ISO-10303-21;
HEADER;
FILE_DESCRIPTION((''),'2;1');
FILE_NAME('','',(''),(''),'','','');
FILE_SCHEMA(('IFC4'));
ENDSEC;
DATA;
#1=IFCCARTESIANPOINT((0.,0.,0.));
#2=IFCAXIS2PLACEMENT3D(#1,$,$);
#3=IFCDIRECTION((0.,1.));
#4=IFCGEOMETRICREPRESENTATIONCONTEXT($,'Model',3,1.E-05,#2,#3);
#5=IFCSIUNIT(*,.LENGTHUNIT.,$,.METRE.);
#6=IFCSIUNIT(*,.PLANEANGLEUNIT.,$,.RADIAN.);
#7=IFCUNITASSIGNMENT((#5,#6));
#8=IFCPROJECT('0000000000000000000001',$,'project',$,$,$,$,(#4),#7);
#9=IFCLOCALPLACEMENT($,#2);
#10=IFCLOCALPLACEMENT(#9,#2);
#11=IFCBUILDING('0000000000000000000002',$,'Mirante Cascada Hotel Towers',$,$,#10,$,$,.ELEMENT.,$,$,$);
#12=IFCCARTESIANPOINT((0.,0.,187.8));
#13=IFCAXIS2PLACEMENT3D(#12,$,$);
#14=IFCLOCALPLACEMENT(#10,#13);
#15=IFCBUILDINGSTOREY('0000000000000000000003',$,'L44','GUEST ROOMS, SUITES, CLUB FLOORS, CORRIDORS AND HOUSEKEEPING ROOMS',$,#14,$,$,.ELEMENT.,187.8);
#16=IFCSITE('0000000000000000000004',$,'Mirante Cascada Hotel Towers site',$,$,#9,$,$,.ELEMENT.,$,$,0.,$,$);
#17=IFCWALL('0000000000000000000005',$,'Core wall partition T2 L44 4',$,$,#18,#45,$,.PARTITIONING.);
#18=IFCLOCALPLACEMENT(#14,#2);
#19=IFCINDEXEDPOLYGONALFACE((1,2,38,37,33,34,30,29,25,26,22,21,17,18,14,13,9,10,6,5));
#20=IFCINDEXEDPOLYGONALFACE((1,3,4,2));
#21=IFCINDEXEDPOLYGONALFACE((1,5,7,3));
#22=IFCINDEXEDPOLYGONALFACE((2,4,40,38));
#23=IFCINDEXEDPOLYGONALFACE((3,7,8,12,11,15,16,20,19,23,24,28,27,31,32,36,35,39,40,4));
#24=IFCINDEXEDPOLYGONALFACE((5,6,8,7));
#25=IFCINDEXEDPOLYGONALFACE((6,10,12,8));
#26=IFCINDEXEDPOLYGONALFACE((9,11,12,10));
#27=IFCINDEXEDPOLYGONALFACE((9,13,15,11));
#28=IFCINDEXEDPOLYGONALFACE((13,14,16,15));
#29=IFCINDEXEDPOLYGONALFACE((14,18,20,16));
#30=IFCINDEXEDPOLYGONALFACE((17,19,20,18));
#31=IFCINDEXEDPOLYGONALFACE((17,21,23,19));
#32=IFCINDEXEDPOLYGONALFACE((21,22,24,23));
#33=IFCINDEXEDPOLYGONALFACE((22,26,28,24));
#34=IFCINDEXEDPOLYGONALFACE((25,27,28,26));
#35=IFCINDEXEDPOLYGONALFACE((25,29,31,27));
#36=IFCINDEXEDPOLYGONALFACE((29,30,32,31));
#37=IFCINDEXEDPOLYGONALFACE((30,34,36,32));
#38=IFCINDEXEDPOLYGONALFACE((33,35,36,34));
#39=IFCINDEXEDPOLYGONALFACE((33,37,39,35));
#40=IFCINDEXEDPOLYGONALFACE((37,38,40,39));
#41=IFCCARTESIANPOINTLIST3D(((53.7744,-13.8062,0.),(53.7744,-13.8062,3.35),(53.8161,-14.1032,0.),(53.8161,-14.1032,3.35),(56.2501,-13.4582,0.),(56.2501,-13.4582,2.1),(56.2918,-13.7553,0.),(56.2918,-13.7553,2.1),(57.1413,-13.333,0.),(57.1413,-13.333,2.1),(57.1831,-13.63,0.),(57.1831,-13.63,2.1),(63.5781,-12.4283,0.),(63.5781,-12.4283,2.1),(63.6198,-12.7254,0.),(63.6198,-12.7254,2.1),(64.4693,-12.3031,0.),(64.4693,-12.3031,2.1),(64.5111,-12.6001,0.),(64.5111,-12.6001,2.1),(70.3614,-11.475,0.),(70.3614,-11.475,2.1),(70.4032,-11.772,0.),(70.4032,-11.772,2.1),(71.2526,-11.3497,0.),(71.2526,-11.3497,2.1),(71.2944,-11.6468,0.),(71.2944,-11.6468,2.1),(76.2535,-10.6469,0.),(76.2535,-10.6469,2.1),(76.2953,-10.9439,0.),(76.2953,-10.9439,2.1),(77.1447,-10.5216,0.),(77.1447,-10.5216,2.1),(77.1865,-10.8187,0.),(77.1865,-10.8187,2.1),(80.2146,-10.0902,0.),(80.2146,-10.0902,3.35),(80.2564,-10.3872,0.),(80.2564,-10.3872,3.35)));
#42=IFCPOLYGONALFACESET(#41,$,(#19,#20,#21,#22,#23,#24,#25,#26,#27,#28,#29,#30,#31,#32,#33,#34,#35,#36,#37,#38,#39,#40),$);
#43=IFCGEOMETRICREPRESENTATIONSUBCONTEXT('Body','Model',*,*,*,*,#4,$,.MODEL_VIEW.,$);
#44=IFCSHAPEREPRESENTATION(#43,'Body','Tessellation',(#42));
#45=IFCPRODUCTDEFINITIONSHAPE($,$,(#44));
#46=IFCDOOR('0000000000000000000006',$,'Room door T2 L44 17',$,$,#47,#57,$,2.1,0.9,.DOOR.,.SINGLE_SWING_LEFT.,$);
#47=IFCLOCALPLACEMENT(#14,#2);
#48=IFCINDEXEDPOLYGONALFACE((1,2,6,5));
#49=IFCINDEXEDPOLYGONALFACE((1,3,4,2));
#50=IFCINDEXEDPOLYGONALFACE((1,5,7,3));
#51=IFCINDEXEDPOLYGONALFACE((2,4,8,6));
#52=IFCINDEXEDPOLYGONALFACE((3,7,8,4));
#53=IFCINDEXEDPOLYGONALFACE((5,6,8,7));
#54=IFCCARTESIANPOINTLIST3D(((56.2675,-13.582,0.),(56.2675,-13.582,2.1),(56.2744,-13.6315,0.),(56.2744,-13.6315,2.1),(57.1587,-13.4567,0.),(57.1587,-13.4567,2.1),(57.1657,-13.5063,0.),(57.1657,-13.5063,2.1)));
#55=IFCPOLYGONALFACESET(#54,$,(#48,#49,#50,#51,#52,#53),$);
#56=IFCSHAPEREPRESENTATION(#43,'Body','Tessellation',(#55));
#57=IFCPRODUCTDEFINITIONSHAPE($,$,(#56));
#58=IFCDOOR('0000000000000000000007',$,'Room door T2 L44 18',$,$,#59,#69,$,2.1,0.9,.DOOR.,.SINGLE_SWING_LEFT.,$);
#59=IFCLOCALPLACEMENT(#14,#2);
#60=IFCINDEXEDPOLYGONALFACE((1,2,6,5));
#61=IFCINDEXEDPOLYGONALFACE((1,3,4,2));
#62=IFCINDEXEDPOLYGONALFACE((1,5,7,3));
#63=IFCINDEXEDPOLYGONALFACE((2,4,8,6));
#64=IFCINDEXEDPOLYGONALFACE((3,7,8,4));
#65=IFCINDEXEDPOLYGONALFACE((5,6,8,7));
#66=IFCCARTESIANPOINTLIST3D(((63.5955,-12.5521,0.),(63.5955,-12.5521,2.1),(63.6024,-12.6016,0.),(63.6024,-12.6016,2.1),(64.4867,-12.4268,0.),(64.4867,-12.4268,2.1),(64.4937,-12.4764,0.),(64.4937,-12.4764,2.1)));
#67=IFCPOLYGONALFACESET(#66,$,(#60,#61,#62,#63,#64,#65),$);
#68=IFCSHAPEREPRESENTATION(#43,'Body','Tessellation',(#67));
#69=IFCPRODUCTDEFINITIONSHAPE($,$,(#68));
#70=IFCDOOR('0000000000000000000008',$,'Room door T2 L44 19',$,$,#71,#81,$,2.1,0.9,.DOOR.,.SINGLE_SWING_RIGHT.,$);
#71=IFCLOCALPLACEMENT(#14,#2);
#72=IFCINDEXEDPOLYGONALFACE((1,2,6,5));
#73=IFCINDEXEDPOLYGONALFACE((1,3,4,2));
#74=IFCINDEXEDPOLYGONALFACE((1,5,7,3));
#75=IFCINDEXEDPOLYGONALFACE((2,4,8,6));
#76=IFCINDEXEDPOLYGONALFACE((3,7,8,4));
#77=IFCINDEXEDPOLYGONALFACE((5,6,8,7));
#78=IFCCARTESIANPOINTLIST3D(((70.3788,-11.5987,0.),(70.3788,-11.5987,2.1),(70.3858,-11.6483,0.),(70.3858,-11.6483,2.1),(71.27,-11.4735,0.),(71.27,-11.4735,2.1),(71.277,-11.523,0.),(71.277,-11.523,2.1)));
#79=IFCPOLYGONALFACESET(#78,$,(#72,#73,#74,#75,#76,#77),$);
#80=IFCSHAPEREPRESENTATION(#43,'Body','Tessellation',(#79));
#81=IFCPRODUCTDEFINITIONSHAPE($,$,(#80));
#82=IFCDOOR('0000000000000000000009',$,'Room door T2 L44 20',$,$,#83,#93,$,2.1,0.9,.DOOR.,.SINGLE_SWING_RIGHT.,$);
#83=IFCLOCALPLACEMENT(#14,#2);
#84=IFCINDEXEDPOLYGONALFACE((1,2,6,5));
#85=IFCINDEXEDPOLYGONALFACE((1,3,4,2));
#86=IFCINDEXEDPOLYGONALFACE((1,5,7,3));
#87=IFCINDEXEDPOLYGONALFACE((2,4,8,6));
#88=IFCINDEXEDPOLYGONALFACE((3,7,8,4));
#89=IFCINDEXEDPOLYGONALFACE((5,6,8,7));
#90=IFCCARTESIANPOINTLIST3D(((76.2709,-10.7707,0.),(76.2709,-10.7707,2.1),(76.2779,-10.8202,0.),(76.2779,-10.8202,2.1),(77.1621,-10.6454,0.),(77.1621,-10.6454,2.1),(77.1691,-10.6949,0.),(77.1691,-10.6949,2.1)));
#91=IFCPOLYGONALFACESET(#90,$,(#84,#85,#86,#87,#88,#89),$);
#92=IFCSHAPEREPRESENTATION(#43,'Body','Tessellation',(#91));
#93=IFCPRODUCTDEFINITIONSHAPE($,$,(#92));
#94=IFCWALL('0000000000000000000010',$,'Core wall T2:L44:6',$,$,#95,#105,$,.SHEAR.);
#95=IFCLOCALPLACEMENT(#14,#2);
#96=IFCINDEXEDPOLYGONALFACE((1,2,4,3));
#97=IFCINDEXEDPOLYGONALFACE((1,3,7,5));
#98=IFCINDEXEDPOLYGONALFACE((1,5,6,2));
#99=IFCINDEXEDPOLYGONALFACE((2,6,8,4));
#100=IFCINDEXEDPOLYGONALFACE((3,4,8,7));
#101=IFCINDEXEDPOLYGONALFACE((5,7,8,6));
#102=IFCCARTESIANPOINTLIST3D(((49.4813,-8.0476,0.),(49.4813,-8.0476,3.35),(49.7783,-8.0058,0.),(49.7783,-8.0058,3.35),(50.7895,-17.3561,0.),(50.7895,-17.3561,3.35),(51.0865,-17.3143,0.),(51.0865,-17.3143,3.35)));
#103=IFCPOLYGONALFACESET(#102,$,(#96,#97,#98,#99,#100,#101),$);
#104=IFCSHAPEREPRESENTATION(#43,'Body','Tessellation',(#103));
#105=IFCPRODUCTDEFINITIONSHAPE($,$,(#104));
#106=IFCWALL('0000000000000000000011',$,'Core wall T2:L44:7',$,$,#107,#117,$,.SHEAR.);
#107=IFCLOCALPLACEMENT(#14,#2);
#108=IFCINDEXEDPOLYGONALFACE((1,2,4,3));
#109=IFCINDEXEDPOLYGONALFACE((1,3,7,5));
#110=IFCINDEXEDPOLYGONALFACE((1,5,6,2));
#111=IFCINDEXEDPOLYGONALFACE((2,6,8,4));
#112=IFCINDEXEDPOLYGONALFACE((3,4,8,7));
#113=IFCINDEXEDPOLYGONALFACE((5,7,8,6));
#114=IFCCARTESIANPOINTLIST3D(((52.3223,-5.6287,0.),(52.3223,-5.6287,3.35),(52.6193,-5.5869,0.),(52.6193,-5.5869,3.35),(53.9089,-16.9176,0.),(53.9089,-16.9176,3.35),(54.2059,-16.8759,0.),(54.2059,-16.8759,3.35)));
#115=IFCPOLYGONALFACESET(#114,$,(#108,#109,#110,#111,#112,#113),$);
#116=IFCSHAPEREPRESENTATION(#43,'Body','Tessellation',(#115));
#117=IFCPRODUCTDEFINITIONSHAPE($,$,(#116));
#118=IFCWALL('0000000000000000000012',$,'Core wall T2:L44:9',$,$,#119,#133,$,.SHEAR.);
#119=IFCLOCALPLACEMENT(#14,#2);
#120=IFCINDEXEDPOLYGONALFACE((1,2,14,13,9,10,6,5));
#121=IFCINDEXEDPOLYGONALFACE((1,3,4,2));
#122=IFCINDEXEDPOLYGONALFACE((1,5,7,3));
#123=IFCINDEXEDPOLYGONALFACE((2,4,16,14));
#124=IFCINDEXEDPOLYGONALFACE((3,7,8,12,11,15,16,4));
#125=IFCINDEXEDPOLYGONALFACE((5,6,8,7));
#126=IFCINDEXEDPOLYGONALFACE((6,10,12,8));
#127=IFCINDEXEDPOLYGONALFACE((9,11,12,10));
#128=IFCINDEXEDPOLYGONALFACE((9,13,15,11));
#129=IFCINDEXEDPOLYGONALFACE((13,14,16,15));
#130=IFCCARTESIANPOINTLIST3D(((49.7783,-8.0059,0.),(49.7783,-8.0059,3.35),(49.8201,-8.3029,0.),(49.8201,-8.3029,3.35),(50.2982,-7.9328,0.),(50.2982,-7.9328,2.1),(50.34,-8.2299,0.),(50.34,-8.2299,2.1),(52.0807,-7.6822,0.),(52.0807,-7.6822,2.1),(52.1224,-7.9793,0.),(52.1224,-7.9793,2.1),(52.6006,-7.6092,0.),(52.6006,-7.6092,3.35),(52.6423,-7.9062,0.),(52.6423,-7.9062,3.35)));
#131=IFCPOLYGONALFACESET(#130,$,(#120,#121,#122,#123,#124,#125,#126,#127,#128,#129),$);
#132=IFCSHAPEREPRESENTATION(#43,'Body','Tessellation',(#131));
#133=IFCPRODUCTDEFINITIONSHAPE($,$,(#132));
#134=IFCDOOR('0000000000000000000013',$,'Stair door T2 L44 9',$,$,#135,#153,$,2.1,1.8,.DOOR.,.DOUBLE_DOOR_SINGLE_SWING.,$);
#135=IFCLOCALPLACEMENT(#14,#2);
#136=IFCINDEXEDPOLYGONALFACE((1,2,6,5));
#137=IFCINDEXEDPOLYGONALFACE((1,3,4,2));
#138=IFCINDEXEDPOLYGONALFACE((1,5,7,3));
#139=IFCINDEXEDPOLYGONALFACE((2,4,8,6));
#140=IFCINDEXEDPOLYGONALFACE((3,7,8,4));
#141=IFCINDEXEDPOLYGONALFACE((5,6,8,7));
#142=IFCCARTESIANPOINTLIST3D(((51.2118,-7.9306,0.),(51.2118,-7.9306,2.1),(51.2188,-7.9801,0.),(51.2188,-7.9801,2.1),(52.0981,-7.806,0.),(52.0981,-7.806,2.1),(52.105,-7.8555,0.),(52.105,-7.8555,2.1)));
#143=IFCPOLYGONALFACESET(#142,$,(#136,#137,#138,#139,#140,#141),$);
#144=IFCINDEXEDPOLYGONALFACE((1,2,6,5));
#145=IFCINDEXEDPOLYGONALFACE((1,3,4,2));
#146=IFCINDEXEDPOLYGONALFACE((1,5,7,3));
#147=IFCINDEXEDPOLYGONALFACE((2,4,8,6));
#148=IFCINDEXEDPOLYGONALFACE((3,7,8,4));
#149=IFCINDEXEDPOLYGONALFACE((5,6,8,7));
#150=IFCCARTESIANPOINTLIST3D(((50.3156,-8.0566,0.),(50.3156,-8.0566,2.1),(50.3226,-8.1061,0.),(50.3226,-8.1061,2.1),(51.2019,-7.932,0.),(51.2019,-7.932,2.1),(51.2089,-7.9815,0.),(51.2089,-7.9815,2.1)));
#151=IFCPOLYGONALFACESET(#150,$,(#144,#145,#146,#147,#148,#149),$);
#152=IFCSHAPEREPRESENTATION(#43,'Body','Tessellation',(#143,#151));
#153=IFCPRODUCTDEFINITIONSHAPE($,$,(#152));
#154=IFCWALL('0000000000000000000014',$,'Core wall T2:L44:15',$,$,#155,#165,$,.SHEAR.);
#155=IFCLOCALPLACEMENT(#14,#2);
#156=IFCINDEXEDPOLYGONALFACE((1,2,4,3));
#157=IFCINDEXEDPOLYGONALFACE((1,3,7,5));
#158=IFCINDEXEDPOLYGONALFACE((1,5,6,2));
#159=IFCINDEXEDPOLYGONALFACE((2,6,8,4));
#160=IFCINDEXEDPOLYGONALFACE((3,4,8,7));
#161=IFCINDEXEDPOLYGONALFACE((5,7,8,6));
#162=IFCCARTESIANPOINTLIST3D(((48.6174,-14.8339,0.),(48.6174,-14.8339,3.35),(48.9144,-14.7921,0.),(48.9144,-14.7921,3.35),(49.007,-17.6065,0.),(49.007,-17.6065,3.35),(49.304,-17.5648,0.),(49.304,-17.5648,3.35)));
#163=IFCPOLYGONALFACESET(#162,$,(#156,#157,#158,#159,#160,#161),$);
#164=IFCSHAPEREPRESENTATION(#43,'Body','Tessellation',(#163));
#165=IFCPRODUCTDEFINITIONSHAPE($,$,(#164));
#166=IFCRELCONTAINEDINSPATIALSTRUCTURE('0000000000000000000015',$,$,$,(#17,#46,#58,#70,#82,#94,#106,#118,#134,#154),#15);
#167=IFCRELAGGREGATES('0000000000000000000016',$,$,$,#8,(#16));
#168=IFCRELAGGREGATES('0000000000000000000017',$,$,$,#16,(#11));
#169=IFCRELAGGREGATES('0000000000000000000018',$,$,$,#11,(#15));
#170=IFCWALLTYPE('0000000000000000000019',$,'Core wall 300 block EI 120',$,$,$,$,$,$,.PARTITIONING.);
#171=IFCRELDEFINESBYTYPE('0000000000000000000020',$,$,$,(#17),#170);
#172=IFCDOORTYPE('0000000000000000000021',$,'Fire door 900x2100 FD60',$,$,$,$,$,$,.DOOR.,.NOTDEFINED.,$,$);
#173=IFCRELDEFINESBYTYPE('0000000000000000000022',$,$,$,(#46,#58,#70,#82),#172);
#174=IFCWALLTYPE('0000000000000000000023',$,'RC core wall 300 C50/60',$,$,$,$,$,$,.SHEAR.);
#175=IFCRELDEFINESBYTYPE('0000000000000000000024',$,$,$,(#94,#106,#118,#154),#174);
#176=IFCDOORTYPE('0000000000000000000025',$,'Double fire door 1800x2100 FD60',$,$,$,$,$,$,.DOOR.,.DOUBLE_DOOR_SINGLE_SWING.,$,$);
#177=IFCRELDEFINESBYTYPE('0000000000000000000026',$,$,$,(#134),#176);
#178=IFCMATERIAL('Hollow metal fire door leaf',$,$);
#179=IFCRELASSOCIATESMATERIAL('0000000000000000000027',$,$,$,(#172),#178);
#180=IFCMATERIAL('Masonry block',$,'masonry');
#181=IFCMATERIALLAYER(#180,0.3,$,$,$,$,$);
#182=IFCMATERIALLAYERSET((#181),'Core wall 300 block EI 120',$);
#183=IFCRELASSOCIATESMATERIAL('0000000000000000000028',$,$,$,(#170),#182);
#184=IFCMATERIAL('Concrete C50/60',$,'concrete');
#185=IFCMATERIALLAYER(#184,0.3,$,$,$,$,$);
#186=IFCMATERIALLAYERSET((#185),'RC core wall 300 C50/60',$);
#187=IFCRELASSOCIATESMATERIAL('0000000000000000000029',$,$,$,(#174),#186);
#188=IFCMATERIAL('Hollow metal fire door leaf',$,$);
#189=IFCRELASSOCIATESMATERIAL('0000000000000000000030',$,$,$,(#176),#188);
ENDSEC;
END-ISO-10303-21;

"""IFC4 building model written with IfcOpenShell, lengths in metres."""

from ifc_helpers import new_model, si_unit, direction, frame, frame_2d, origin, place, context, subcontext, project, spatial, rectangle, extrude, material, layer, layer_set, type_object, element, fill, save


model = new_model("IFC4")

# Units and contexts
model_context = context("Model", 3, precision=1e-05, world=origin(), true_north=direction((0.0, 1.0)))
body_context = subcontext(model_context, "Body", "Model", "MODEL_VIEW")
ifc_project = project(units=[si_unit("LENGTHUNIT", "METRE"), si_unit("PLANEANGLEUNIT", "RADIAN")], contexts=[model_context])

# Site, building, storey
site_placement = place(None, origin())
site = spatial("IfcSite", under=ifc_project, at=site_placement, Name="Mirante Cascada Hotel Towers site", CompositionType="ELEMENT", RefElevation=0.0)
building_placement = place(site_placement, origin())
building = spatial("IfcBuilding", under=site, at=building_placement, Name="Mirante Cascada Hotel Towers", CompositionType="ELEMENT")
storey_placement = place(building_placement, frame((0.0, 0.0, 187.8)))
storey = spatial("IfcBuildingStorey", under=building, at=storey_placement, Name="L44", Description="GUEST ROOMS, SUITES, CLUB FLOORS, CORRIDORS AND HOUSEKEEPING ROOMS", CompositionType="ELEMENT", Elevation=187.8)

# Shared definitions
ifc_material_1 = material(Name="Hollow metal fire door leaf")
door_type_1 = type_object("IfcDoorType", Name="Fire door 900x2100 FD60", OperationType="NOTDEFINED", PredefinedType="DOOR", material=ifc_material_1)

# Wall, openings, doors
ifc_material_2 = material(Name="Masonry block", Category="masonry")
ifc_layer_1 = layer(ifc_material_2, 0.3)
ifc_layer_set_1 = layer_set([ifc_layer_1], Name="Core wall 300 block EI 120")
wall_type_1 = type_object("IfcWallType", Name="Core wall 300 block EI 120", PredefinedType="PARTITIONING", material=ifc_layer_set_1)
wall_1_placement = place(storey_placement, frame((53.7953, -13.9547, 0.0), z_axis=(0.0, 0.0, 1.0), x_axis=(0.990268, 0.139176, 0.0)))
wall_1 = element("IfcWall", 1, at=wall_1_placement, inside=storey, type_object=wall_type_1, Name="Core wall partition T2 L44 4", PredefinedType="PARTITIONING", context=body_context, shape_type="SweptSolid", body=[
    extrude(rectangle(XDim=26.7001, YDim=0.3, at=frame_2d((13.35, 0.0))), origin(), (0.0, 0.0, 1.0), 3.35),
])
opening_1_placement = place(wall_1_placement, frame((2.5, 0.0, 0.0)))
opening_1 = element("IfcOpeningElement", 2, at=opening_1_placement, cuts=wall_1, PredefinedType="OPENING", context=body_context, shape_type="SweptSolid", body=[
    extrude(rectangle(XDim=0.9, YDim=2.1, at=frame_2d((0.45, 1.05))), frame((0.0, 0.15, 0.0), z_axis=(0.0, -1.0, 0.0), x_axis=(1.0, 0.0, 0.0)), (0.0, 0.0, 1.0), 0.3),
])
opening_2_placement = place(wall_1_placement, frame((9.9, 0.0, 0.0)))
opening_2 = element("IfcOpeningElement", 3, at=opening_2_placement, cuts=wall_1, PredefinedType="OPENING", context=body_context, shape_type="SweptSolid", body=[
    extrude(rectangle(XDim=0.9, YDim=2.1, at=frame_2d((0.45, 1.05))), frame((0.0, 0.15, 0.0), z_axis=(0.0, -1.0, 0.0), x_axis=(1.0, 0.0, 0.0)), (0.0, 0.0, 1.0), 0.3),
])
opening_3_placement = place(wall_1_placement, frame((16.75, 0.0, 0.0)))
opening_3 = element("IfcOpeningElement", 4, at=opening_3_placement, cuts=wall_1, PredefinedType="OPENING", context=body_context, shape_type="SweptSolid", body=[
    extrude(rectangle(XDim=0.9, YDim=2.1, at=frame_2d((0.45, 1.05))), frame((0.0, 0.15, 0.0), z_axis=(0.0, -1.0, 0.0), x_axis=(1.0, 0.0, 0.0)), (0.0, 0.0, 1.0), 0.3),
])
opening_4_placement = place(wall_1_placement, frame((22.7, 0.0, 0.0)))
opening_4 = element("IfcOpeningElement", 5, at=opening_4_placement, cuts=wall_1, PredefinedType="OPENING", context=body_context, shape_type="SweptSolid", body=[
    extrude(rectangle(XDim=0.9, YDim=2.1, at=frame_2d((0.45, 1.05))), frame((0.0, 0.15, 0.0), z_axis=(0.0, -1.0, 0.0), x_axis=(1.0, 0.0, 0.0)), (0.0, 0.0, 1.0), 0.3),
])
door_1_placement = place(opening_1_placement, frame((0.9, 0.0, 0.0), z_axis=(0.0, 0.0, 1.0), x_axis=(-1.0, 0.0, 0.0)))
door_1 = element("IfcDoor", 6, at=door_1_placement, inside=storey, type_object=door_type_1, Name="Room door T2 L44 17", OperationType="SINGLE_SWING_LEFT", OverallHeight=2.1, OverallWidth=0.9, PredefinedType="DOOR", context=body_context, shape_type="SweptSolid", body=[
    extrude(rectangle(XDim=0.9, YDim=2.1, at=frame_2d((0.45, 1.05))), frame((0.0, 0.025, 0.0), z_axis=(0.0, -1.0, 0.0), x_axis=(1.0, 0.0, 0.0)), (0.0, 0.0, 1.0), 0.05),
])
fill(opening_1, door_1)
door_2_placement = place(opening_2_placement, frame((0.9, 0.0, 0.0), z_axis=(0.0, 0.0, 1.0), x_axis=(-1.0, 0.0, 0.0)))
door_2 = element("IfcDoor", 7, at=door_2_placement, inside=storey, type_object=door_type_1, Name="Room door T2 L44 18", OperationType="SINGLE_SWING_LEFT", OverallHeight=2.1, OverallWidth=0.9, PredefinedType="DOOR", context=body_context, shape_type="SweptSolid", body=[
    extrude(rectangle(XDim=0.9, YDim=2.1, at=frame_2d((0.45, 1.05))), frame((0.0, 0.025, 0.0), z_axis=(0.0, -1.0, 0.0), x_axis=(1.0, 0.0, 0.0)), (0.0, 0.0, 1.0), 0.05),
])
fill(opening_2, door_2)
door_3_placement = place(opening_3_placement, frame((0.9, 0.0, 0.0), z_axis=(0.0, 0.0, 1.0), x_axis=(-1.0, 0.0, 0.0)))
door_3 = element("IfcDoor", 8, at=door_3_placement, inside=storey, type_object=door_type_1, Name="Room door T2 L44 19", OperationType="SINGLE_SWING_RIGHT", OverallHeight=2.1, OverallWidth=0.9, PredefinedType="DOOR", context=body_context, shape_type="SweptSolid", body=[
    extrude(rectangle(XDim=0.9, YDim=2.1, at=frame_2d((0.45, 1.05))), frame((0.0, 0.025, 0.0), z_axis=(0.0, -1.0, 0.0), x_axis=(1.0, 0.0, 0.0)), (0.0, 0.0, 1.0), 0.05),
])
fill(opening_3, door_3)
door_4_placement = place(opening_4_placement, frame((0.9, 0.0, 0.0), z_axis=(0.0, 0.0, 1.0), x_axis=(-1.0, 0.0, 0.0)))
door_4 = element("IfcDoor", 9, at=door_4_placement, inside=storey, type_object=door_type_1, Name="Room door T2 L44 20", OperationType="SINGLE_SWING_RIGHT", OverallHeight=2.1, OverallWidth=0.9, PredefinedType="DOOR", context=body_context, shape_type="SweptSolid", body=[
    extrude(rectangle(XDim=0.9, YDim=2.1, at=frame_2d((0.45, 1.05))), frame((0.0, 0.025, 0.0), z_axis=(0.0, -1.0, 0.0), x_axis=(1.0, 0.0, 0.0)), (0.0, 0.0, 1.0), 0.05),
])
fill(opening_4, door_4)

# Walls
ifc_material_3 = material(Name="Concrete C50/60", Category="concrete")
ifc_layer_2 = layer(ifc_material_3, 0.3)
ifc_layer_set_2 = layer_set([ifc_layer_2], Name="RC core wall 300 C50/60")
wall_type_2 = type_object("IfcWallType", Name="RC core wall 300 C50/60", PredefinedType="SHEAR", material=ifc_layer_set_2)
wall_2_placement = place(storey_placement, frame((50.938, -17.3352, 0.0), z_axis=(0.0, 0.0, 1.0), x_axis=(-0.139171, 0.990268, 0.0)))
element("IfcWall", 10, at=wall_2_placement, inside=storey, type_object=wall_type_2, Name="Core wall T2:L44:6", PredefinedType="SHEAR", context=body_context, shape_type="SweptSolid", body=[
    extrude(rectangle(XDim=9.4, YDim=0.3, at=frame_2d((4.7, 0.0))), origin(), (0.0, 0.0, 1.0), 3.35),
])
wall_3_placement = place(storey_placement, frame((54.0574, -16.8968, 0.0), z_axis=(0.0, 0.0, 1.0), x_axis=(-0.139176, 0.990268, 0.0)))
element("IfcWall", 11, at=wall_3_placement, inside=storey, type_object=wall_type_2, Name="Core wall T2:L44:7", PredefinedType="SHEAR", context=body_context, shape_type="SweptSolid", body=[
    extrude(rectangle(XDim=11.3999, YDim=0.3, at=frame_2d((5.7, 0.0))), origin(), (0.0, 0.0, 1.0), 3.35),
])

# Wall, opening, door
wall_4_placement = place(storey_placement, frame((49.7992, -8.1544, 0.0), z_axis=(0.0, 0.0, 1.0), x_axis=(0.990266, 0.139191, 0.0)))
wall_4 = element("IfcWall", 12, at=wall_4_placement, inside=storey, type_object=wall_type_2, Name="Core wall T2:L44:9", PredefinedType="SHEAR", context=body_context, shape_type="SweptSolid", body=[
    extrude(rectangle(XDim=2.85, YDim=0.3, at=frame_2d((1.425, 0.0))), origin(), (0.0, 0.0, 1.0), 3.35),
])
opening_5_placement = place(wall_4_placement, frame((0.525, 0.0, 0.0)))
opening_5 = element("IfcOpeningElement", 13, at=opening_5_placement, cuts=wall_4, PredefinedType="OPENING", context=body_context, shape_type="SweptSolid", body=[
    extrude(rectangle(XDim=1.8, YDim=2.1, at=frame_2d((0.9, 1.05))), frame((0.0, 0.15, 0.0), z_axis=(0.0, -1.0, 0.0), x_axis=(1.0, 0.0, 0.0)), (0.0, 0.0, 1.0), 0.3),
])
ifc_material_4 = material(Name="Hollow metal fire door leaf")
door_type_2 = type_object("IfcDoorType", Name="Double fire door 1800x2100 FD60", OperationType="DOUBLE_DOOR_SINGLE_SWING", PredefinedType="DOOR", material=ifc_material_4)
door_5_placement = place(opening_5_placement, frame((1.8, 0.0, 0.0), z_axis=(0.0, 0.0, 1.0), x_axis=(-1.0, 0.0, 0.0)))
door_5 = element("IfcDoor", 14, at=door_5_placement, inside=storey, type_object=door_type_2, Name="Stair door T2 L44 9", OperationType="DOUBLE_DOOR_SINGLE_SWING", OverallHeight=2.1, OverallWidth=1.8, PredefinedType="DOOR", context=body_context, shape_type="SweptSolid", body=[
    extrude(rectangle(XDim=0.895, YDim=2.1, at=frame_2d((0.4475, 1.05))), frame((0.0, 0.025, 0.0), z_axis=(0.0, -1.0, 0.0), x_axis=(1.0, 0.0, 0.0)), (0.0, 0.0, 1.0), 0.05),
    extrude(rectangle(XDim=0.895, YDim=2.1, at=frame_2d((1.3525, 1.05))), frame((0.0, 0.025, 0.0), z_axis=(0.0, -1.0, 0.0), x_axis=(1.0, 0.0, 0.0)), (0.0, 0.0, 1.0), 0.05),
])
fill(opening_5, door_5)

# Wall
wall_5_placement = place(storey_placement, frame((49.1555, -17.5857, 0.0), z_axis=(0.0, 0.0, 1.0), x_axis=(-0.139146, 0.990272, 0.0)))
element("IfcWall", 15, at=wall_5_placement, inside=storey, type_object=wall_type_2, Name="Core wall T2:L44:15", PredefinedType="SHEAR", context=body_context, shape_type="SweptSolid", body=[
    extrude(rectangle(XDim=2.7999, YDim=0.3, at=frame_2d((1.4, 0.0))), origin(), (0.0, 0.0, 1.0), 3.35),
])

save(model, "model.ifc")
